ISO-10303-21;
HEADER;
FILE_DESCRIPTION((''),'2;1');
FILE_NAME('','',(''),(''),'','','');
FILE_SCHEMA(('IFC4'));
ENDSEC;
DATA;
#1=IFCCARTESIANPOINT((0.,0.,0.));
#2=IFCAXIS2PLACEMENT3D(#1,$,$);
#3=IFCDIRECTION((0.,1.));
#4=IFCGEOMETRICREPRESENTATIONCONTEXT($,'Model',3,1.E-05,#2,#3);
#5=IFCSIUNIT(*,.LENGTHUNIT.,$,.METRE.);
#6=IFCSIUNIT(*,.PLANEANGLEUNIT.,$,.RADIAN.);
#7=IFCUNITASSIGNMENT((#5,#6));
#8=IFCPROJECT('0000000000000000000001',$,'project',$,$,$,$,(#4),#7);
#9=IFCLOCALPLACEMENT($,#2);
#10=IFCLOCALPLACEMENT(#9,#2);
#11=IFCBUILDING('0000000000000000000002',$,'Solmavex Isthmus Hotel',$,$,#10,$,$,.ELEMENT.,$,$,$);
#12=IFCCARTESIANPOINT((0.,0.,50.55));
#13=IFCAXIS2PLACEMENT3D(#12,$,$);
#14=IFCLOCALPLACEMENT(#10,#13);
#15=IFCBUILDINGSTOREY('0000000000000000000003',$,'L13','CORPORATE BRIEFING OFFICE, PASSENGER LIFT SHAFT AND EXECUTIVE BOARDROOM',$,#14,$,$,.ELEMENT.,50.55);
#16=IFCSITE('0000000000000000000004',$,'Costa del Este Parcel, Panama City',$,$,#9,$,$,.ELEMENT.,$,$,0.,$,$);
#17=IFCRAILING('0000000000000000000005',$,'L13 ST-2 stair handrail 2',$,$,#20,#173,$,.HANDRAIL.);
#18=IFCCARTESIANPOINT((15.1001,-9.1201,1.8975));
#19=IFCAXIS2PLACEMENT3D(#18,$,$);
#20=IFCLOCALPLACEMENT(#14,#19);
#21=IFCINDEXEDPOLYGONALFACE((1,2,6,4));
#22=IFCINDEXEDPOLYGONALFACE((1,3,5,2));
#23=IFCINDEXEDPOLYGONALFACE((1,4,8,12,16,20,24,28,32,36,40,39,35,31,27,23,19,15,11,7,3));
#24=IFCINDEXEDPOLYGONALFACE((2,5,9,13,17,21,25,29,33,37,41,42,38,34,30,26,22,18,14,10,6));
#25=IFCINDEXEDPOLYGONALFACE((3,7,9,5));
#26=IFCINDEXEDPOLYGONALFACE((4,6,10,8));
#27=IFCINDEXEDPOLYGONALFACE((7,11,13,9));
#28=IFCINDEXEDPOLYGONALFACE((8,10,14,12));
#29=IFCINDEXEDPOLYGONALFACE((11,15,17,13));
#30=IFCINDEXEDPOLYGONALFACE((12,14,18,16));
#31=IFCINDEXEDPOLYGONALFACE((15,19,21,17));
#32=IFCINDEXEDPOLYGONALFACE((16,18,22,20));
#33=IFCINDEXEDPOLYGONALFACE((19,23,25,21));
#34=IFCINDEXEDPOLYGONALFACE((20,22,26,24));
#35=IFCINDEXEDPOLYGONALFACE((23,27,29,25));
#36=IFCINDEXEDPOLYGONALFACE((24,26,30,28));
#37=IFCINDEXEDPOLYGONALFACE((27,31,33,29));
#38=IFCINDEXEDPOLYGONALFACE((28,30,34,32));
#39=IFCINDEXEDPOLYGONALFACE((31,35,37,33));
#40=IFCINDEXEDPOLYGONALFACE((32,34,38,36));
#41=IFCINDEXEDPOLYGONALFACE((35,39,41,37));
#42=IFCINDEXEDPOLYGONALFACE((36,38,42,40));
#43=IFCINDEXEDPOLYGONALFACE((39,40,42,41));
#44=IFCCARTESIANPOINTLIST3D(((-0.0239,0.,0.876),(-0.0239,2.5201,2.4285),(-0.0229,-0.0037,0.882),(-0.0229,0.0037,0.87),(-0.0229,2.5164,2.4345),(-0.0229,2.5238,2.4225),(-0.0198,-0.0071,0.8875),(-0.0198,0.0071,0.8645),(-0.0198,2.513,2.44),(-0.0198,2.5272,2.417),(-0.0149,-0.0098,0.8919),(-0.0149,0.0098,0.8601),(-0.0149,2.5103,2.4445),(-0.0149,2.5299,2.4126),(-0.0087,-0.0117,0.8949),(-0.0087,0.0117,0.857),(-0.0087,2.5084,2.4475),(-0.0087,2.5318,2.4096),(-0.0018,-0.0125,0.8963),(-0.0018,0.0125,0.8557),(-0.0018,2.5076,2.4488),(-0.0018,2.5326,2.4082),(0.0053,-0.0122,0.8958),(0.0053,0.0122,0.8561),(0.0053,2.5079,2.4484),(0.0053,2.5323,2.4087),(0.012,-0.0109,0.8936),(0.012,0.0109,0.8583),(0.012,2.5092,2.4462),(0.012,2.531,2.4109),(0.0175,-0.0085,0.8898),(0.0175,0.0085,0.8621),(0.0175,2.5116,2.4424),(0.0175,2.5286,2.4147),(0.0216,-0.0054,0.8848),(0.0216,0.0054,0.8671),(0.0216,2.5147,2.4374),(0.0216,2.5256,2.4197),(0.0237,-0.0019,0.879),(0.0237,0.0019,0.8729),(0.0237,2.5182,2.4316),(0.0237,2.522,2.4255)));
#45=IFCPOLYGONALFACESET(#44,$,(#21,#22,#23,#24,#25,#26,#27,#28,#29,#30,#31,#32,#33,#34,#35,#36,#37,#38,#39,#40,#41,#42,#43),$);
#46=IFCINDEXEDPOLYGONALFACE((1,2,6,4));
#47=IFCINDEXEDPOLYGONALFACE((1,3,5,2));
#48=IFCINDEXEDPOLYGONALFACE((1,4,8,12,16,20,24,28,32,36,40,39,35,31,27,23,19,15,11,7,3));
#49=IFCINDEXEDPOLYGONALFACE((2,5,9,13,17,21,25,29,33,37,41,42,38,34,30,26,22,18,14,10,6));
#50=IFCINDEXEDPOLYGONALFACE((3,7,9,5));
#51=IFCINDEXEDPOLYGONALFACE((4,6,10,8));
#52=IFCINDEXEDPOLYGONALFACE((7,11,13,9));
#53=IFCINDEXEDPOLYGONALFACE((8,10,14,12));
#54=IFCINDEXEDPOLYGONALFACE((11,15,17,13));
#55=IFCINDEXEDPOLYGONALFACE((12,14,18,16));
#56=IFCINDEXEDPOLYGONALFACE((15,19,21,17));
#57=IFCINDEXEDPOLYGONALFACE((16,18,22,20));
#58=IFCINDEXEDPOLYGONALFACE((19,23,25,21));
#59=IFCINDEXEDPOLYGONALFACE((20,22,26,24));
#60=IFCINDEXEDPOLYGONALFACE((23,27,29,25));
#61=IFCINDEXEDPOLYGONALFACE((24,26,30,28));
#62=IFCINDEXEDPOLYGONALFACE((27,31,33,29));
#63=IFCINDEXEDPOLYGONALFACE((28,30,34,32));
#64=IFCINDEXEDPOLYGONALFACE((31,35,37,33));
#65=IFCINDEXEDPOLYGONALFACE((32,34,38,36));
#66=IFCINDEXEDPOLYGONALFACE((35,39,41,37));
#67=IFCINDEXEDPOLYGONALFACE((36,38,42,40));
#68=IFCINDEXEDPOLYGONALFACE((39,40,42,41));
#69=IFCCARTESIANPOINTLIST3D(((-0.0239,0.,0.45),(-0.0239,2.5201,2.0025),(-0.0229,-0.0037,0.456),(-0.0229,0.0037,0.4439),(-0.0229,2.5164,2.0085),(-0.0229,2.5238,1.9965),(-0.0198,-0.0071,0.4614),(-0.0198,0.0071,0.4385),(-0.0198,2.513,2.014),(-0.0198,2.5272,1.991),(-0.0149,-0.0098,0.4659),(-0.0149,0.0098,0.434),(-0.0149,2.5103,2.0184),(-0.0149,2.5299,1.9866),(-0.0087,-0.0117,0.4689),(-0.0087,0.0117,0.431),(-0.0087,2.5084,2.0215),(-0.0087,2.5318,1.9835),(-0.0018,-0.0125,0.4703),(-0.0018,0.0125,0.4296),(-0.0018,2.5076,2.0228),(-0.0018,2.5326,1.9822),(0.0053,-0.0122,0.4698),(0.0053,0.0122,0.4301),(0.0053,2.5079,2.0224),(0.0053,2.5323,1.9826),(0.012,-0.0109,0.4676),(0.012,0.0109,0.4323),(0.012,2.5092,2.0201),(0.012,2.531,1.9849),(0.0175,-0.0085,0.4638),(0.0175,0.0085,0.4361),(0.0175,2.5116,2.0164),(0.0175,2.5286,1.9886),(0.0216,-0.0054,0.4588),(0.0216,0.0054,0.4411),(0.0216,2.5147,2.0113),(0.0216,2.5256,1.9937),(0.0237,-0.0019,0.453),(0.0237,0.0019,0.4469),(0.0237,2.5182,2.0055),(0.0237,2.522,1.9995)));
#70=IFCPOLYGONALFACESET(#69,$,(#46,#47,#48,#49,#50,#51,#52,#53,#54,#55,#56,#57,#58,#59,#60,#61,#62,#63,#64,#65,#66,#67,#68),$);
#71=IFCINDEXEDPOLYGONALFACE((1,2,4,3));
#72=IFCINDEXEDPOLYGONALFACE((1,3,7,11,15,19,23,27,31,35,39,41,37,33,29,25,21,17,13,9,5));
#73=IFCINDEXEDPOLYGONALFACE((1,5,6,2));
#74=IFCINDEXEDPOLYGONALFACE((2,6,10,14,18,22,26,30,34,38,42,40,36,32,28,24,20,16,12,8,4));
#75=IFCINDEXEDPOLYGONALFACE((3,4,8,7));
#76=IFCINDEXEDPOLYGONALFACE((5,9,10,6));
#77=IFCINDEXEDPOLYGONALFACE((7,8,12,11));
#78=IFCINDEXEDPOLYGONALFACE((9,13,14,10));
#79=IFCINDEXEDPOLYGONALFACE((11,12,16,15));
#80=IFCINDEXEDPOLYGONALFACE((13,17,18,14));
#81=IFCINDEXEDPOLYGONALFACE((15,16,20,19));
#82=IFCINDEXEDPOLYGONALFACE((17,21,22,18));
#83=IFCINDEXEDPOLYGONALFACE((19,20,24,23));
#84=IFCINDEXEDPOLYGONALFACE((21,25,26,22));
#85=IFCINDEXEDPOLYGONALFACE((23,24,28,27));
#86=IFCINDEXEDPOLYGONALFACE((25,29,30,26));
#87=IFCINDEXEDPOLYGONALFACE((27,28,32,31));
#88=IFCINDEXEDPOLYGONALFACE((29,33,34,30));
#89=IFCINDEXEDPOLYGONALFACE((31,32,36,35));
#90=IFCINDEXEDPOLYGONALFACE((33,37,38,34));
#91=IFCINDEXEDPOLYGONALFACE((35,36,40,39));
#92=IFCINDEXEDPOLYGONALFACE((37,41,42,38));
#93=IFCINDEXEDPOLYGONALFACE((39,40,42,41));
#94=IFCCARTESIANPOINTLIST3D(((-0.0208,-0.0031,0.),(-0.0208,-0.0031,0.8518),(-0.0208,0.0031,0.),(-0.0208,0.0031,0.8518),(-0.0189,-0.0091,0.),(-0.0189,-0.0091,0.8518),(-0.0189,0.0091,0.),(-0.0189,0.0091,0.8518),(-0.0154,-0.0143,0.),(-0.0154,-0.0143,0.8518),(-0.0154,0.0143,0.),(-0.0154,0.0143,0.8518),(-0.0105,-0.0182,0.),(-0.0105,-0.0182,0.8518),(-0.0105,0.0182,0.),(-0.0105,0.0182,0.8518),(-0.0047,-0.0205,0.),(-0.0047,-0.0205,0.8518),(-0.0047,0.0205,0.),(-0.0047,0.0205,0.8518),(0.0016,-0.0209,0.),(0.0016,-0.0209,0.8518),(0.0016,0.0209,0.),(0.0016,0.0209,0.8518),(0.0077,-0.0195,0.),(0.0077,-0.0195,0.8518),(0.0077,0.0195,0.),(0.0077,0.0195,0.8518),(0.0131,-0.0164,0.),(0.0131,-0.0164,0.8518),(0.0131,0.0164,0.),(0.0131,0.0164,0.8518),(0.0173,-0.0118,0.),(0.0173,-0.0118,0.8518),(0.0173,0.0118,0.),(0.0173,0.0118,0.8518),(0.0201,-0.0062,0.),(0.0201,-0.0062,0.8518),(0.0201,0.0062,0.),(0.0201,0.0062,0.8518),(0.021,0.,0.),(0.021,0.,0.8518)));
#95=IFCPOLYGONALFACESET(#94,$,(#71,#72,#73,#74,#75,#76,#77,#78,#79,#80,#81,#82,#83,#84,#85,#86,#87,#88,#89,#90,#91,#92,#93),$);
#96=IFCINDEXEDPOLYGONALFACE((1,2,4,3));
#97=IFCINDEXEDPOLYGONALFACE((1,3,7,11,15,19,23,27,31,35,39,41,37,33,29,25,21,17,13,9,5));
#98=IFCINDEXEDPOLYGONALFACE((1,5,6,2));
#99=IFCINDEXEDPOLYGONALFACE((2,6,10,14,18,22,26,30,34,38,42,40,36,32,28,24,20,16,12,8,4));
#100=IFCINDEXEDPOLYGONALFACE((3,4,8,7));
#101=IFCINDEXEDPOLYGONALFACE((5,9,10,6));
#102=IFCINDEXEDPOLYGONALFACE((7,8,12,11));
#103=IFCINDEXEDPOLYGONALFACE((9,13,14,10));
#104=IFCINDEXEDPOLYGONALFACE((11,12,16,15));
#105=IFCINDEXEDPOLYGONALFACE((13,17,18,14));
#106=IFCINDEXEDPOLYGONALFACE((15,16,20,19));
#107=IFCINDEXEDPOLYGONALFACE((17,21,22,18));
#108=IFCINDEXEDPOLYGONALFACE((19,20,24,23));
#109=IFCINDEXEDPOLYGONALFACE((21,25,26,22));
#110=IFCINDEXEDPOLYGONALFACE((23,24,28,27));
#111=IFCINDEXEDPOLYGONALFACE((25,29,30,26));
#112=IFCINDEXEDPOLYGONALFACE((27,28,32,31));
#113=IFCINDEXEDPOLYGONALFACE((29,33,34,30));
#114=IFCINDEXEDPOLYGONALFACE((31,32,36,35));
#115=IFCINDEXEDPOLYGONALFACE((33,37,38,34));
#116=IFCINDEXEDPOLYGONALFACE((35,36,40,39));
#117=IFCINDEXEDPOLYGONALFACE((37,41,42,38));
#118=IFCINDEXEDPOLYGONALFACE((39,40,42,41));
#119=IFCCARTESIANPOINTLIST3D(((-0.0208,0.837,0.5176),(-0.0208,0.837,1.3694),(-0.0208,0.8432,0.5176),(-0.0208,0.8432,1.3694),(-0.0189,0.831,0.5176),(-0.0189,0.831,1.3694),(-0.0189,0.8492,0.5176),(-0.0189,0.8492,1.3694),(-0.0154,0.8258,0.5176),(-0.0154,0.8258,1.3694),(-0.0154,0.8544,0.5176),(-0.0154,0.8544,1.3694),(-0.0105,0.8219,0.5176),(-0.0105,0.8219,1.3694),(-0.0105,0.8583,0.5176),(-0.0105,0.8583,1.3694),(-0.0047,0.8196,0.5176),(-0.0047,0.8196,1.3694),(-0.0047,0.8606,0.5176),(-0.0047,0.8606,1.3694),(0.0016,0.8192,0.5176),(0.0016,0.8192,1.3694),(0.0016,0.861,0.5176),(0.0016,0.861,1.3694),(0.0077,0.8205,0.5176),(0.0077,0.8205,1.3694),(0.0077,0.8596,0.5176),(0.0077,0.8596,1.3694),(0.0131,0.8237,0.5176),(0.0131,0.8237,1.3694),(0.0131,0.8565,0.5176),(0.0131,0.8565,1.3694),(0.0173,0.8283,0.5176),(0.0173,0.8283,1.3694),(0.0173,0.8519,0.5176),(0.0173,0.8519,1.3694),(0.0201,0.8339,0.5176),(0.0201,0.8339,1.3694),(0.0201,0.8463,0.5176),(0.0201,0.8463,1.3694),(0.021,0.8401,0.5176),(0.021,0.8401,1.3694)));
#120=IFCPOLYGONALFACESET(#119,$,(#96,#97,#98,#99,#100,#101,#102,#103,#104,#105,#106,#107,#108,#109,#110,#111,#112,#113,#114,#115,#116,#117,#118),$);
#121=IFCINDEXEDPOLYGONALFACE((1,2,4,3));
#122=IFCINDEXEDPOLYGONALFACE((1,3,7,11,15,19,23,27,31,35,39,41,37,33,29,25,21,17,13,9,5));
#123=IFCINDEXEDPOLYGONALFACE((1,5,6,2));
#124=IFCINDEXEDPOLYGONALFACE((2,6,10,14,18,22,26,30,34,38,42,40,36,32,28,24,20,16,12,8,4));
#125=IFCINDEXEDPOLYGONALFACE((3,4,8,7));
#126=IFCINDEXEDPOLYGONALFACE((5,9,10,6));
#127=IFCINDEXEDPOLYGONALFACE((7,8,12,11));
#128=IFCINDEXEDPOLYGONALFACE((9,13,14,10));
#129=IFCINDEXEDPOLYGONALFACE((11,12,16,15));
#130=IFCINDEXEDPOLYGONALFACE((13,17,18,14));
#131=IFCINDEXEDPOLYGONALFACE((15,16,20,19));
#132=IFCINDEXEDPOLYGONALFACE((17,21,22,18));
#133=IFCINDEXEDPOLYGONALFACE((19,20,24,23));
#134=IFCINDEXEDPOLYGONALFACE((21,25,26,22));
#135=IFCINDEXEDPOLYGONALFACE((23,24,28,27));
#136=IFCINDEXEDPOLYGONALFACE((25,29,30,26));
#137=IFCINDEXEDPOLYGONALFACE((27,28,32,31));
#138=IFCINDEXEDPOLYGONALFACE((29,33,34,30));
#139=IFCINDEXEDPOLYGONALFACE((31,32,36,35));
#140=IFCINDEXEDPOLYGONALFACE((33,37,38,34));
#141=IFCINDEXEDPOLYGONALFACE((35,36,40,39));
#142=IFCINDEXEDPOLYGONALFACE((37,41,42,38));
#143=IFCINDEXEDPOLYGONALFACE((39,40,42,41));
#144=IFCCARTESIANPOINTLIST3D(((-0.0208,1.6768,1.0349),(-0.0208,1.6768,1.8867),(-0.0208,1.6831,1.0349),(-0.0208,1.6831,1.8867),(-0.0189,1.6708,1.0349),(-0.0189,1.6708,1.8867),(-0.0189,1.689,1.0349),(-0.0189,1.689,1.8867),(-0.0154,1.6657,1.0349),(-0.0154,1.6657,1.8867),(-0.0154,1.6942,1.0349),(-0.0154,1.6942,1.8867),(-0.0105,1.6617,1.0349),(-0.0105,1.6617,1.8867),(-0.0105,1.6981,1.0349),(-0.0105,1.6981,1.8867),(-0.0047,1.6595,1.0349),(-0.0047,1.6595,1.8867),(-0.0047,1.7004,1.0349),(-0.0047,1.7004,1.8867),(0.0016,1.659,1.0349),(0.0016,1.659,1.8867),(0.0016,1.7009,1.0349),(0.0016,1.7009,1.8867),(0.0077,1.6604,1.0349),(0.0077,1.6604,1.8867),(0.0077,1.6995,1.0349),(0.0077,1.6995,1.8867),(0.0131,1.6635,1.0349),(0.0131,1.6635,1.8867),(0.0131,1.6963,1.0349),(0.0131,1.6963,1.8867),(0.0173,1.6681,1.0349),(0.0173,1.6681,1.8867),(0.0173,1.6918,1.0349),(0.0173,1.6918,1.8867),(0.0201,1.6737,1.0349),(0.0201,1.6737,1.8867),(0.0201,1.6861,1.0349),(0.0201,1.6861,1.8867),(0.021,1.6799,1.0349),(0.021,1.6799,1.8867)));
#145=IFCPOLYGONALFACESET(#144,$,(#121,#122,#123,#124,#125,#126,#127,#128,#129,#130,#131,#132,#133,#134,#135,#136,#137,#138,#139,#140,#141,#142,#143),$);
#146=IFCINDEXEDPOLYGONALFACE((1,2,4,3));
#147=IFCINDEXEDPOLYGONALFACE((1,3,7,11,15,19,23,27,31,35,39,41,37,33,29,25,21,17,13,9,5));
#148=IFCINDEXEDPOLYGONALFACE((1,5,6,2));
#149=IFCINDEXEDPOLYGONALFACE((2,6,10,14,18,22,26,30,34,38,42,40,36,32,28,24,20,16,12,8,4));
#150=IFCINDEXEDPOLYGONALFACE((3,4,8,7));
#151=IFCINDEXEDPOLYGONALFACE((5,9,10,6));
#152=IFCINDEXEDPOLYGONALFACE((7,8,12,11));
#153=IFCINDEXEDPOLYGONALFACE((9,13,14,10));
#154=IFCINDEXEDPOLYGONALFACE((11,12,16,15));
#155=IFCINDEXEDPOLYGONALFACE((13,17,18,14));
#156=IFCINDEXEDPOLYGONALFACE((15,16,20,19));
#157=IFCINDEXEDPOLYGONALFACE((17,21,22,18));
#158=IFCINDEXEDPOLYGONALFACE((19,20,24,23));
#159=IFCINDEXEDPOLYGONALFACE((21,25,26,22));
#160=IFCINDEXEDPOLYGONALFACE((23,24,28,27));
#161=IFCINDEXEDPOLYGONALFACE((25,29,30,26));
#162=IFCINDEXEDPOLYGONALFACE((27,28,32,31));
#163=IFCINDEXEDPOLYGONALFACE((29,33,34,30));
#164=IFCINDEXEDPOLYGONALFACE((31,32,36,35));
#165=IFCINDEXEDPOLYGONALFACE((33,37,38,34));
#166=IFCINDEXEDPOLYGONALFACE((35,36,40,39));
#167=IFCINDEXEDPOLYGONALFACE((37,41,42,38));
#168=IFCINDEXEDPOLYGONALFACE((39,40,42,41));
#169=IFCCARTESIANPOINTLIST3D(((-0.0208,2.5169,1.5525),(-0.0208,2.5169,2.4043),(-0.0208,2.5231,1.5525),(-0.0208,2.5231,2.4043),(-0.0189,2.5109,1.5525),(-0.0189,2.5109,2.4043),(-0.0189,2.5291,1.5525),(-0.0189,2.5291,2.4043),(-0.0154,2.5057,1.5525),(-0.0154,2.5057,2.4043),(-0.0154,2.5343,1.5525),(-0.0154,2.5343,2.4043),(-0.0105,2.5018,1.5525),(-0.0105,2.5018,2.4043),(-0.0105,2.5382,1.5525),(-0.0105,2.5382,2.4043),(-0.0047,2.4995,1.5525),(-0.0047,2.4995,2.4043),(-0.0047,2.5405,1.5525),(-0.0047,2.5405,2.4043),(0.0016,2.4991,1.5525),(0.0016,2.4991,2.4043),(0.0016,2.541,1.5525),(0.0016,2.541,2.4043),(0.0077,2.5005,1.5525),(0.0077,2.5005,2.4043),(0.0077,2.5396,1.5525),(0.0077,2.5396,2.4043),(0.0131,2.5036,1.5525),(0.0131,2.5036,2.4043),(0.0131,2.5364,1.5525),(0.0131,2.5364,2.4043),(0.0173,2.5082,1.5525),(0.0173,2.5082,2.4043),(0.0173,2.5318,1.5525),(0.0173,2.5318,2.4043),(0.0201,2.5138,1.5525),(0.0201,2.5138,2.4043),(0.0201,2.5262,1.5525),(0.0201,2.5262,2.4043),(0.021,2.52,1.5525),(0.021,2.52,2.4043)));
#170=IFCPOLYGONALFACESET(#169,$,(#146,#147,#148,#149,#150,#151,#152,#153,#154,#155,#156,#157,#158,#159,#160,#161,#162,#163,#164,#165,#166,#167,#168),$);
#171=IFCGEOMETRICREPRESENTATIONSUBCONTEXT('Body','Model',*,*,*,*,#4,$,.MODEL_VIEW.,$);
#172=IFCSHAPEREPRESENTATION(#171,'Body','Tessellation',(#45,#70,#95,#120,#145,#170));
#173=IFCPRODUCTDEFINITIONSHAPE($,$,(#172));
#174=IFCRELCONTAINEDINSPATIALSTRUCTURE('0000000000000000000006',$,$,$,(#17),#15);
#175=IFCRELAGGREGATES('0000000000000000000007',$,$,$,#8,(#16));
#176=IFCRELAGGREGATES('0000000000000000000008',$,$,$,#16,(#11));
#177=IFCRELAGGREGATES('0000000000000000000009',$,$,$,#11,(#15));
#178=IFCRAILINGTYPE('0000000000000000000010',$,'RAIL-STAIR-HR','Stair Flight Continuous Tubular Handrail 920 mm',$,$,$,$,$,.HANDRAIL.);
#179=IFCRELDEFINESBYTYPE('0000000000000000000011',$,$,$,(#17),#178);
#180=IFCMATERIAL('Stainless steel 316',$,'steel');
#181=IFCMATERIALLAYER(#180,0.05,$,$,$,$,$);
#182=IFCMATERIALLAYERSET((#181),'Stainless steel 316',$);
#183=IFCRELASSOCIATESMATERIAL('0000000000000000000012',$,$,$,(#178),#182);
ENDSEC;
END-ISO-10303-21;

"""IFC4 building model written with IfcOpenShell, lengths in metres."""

from ifc_helpers import new_model, si_unit, direction, frame, origin, origin_2d, place, context, subcontext, project, spatial, circle, extrude, material, layer, layer_set, type_object, element, save


model = new_model("IFC4")

# Units and contexts
model_context = context("Model", 3, precision=1e-05, world=origin(), true_north=direction((0.0, 1.0)))
body_context = subcontext(model_context, "Body", "Model", "MODEL_VIEW")
ifc_project = project(units=[si_unit("LENGTHUNIT", "METRE"), si_unit("PLANEANGLEUNIT", "RADIAN")], contexts=[model_context])

# Site, building, storey
site_placement = place(None, origin())
site = spatial("IfcSite", under=ifc_project, at=site_placement, Name="Costa del Este Parcel, Panama City", CompositionType="ELEMENT", RefElevation=0.0)
building_placement = place(site_placement, origin())
building = spatial("IfcBuilding", under=site, at=building_placement, Name="Solmavex Isthmus Hotel", CompositionType="ELEMENT")
storey_placement = place(building_placement, frame((0.0, 0.0, 50.55)))
storey = spatial("IfcBuildingStorey", under=building, at=storey_placement, Name="L13", Description="CORPORATE BRIEFING OFFICE, PASSENGER LIFT SHAFT AND EXECUTIVE BOARDROOM", CompositionType="ELEMENT", Elevation=50.55)

# Railing
ifc_material_1 = material(Name="Stainless steel 316", Category="steel")
ifc_layer_1 = layer(ifc_material_1, 0.05)
ifc_layer_set_1 = layer_set([ifc_layer_1], Name="Stainless steel 316")
railing_type_1 = type_object("IfcRailingType", Name="RAIL-STAIR-HR", Description="Stair Flight Continuous Tubular Handrail 920 mm", PredefinedType="HANDRAIL", material=ifc_layer_set_1)
railing_1_placement = place(storey_placement, frame((15.1001, -9.1201, 1.8975)))
element("IfcRailing", 1, at=railing_1_placement, inside=storey, type_object=railing_type_1, Name="L13 ST-2 stair handrail 2", PredefinedType="HANDRAIL", context=body_context, shape_type="SweptSolid", body=[
    extrude(circle(Radius=0.0239, at=origin_2d()), frame((0.0, 0.0, 0.876), z_axis=(0.0, 0.8514, 0.524516), x_axis=(-1.0, 0.0, 0.0)), (0.0, 0.0, 1.0), 2.96),
    extrude(circle(Radius=0.0239, at=origin_2d()), frame((0.0, 0.0, 0.45), z_axis=(0.0, 0.8514, 0.524516), x_axis=(-1.0, 0.0, 0.0)), (0.0, 0.0, 1.0), 2.96),
    extrude(circle(Radius=0.021, at=origin_2d()), origin(), (0.0, 0.0, 1.0), 0.8518),
    extrude(circle(Radius=0.021, at=origin_2d()), frame((0.0, 0.8401, 0.5176)), (0.0, 0.0, 1.0), 0.8518),
    extrude(circle(Radius=0.021, at=origin_2d()), frame((0.0, 1.6799, 1.0349)), (0.0, 0.0, 1.0), 0.8518),
    extrude(circle(Radius=0.021, at=origin_2d()), frame((0.0, 2.52, 1.5525)), (0.0, 0.0, 1.0), 0.8518),
])

save(model, "model.ifc")
